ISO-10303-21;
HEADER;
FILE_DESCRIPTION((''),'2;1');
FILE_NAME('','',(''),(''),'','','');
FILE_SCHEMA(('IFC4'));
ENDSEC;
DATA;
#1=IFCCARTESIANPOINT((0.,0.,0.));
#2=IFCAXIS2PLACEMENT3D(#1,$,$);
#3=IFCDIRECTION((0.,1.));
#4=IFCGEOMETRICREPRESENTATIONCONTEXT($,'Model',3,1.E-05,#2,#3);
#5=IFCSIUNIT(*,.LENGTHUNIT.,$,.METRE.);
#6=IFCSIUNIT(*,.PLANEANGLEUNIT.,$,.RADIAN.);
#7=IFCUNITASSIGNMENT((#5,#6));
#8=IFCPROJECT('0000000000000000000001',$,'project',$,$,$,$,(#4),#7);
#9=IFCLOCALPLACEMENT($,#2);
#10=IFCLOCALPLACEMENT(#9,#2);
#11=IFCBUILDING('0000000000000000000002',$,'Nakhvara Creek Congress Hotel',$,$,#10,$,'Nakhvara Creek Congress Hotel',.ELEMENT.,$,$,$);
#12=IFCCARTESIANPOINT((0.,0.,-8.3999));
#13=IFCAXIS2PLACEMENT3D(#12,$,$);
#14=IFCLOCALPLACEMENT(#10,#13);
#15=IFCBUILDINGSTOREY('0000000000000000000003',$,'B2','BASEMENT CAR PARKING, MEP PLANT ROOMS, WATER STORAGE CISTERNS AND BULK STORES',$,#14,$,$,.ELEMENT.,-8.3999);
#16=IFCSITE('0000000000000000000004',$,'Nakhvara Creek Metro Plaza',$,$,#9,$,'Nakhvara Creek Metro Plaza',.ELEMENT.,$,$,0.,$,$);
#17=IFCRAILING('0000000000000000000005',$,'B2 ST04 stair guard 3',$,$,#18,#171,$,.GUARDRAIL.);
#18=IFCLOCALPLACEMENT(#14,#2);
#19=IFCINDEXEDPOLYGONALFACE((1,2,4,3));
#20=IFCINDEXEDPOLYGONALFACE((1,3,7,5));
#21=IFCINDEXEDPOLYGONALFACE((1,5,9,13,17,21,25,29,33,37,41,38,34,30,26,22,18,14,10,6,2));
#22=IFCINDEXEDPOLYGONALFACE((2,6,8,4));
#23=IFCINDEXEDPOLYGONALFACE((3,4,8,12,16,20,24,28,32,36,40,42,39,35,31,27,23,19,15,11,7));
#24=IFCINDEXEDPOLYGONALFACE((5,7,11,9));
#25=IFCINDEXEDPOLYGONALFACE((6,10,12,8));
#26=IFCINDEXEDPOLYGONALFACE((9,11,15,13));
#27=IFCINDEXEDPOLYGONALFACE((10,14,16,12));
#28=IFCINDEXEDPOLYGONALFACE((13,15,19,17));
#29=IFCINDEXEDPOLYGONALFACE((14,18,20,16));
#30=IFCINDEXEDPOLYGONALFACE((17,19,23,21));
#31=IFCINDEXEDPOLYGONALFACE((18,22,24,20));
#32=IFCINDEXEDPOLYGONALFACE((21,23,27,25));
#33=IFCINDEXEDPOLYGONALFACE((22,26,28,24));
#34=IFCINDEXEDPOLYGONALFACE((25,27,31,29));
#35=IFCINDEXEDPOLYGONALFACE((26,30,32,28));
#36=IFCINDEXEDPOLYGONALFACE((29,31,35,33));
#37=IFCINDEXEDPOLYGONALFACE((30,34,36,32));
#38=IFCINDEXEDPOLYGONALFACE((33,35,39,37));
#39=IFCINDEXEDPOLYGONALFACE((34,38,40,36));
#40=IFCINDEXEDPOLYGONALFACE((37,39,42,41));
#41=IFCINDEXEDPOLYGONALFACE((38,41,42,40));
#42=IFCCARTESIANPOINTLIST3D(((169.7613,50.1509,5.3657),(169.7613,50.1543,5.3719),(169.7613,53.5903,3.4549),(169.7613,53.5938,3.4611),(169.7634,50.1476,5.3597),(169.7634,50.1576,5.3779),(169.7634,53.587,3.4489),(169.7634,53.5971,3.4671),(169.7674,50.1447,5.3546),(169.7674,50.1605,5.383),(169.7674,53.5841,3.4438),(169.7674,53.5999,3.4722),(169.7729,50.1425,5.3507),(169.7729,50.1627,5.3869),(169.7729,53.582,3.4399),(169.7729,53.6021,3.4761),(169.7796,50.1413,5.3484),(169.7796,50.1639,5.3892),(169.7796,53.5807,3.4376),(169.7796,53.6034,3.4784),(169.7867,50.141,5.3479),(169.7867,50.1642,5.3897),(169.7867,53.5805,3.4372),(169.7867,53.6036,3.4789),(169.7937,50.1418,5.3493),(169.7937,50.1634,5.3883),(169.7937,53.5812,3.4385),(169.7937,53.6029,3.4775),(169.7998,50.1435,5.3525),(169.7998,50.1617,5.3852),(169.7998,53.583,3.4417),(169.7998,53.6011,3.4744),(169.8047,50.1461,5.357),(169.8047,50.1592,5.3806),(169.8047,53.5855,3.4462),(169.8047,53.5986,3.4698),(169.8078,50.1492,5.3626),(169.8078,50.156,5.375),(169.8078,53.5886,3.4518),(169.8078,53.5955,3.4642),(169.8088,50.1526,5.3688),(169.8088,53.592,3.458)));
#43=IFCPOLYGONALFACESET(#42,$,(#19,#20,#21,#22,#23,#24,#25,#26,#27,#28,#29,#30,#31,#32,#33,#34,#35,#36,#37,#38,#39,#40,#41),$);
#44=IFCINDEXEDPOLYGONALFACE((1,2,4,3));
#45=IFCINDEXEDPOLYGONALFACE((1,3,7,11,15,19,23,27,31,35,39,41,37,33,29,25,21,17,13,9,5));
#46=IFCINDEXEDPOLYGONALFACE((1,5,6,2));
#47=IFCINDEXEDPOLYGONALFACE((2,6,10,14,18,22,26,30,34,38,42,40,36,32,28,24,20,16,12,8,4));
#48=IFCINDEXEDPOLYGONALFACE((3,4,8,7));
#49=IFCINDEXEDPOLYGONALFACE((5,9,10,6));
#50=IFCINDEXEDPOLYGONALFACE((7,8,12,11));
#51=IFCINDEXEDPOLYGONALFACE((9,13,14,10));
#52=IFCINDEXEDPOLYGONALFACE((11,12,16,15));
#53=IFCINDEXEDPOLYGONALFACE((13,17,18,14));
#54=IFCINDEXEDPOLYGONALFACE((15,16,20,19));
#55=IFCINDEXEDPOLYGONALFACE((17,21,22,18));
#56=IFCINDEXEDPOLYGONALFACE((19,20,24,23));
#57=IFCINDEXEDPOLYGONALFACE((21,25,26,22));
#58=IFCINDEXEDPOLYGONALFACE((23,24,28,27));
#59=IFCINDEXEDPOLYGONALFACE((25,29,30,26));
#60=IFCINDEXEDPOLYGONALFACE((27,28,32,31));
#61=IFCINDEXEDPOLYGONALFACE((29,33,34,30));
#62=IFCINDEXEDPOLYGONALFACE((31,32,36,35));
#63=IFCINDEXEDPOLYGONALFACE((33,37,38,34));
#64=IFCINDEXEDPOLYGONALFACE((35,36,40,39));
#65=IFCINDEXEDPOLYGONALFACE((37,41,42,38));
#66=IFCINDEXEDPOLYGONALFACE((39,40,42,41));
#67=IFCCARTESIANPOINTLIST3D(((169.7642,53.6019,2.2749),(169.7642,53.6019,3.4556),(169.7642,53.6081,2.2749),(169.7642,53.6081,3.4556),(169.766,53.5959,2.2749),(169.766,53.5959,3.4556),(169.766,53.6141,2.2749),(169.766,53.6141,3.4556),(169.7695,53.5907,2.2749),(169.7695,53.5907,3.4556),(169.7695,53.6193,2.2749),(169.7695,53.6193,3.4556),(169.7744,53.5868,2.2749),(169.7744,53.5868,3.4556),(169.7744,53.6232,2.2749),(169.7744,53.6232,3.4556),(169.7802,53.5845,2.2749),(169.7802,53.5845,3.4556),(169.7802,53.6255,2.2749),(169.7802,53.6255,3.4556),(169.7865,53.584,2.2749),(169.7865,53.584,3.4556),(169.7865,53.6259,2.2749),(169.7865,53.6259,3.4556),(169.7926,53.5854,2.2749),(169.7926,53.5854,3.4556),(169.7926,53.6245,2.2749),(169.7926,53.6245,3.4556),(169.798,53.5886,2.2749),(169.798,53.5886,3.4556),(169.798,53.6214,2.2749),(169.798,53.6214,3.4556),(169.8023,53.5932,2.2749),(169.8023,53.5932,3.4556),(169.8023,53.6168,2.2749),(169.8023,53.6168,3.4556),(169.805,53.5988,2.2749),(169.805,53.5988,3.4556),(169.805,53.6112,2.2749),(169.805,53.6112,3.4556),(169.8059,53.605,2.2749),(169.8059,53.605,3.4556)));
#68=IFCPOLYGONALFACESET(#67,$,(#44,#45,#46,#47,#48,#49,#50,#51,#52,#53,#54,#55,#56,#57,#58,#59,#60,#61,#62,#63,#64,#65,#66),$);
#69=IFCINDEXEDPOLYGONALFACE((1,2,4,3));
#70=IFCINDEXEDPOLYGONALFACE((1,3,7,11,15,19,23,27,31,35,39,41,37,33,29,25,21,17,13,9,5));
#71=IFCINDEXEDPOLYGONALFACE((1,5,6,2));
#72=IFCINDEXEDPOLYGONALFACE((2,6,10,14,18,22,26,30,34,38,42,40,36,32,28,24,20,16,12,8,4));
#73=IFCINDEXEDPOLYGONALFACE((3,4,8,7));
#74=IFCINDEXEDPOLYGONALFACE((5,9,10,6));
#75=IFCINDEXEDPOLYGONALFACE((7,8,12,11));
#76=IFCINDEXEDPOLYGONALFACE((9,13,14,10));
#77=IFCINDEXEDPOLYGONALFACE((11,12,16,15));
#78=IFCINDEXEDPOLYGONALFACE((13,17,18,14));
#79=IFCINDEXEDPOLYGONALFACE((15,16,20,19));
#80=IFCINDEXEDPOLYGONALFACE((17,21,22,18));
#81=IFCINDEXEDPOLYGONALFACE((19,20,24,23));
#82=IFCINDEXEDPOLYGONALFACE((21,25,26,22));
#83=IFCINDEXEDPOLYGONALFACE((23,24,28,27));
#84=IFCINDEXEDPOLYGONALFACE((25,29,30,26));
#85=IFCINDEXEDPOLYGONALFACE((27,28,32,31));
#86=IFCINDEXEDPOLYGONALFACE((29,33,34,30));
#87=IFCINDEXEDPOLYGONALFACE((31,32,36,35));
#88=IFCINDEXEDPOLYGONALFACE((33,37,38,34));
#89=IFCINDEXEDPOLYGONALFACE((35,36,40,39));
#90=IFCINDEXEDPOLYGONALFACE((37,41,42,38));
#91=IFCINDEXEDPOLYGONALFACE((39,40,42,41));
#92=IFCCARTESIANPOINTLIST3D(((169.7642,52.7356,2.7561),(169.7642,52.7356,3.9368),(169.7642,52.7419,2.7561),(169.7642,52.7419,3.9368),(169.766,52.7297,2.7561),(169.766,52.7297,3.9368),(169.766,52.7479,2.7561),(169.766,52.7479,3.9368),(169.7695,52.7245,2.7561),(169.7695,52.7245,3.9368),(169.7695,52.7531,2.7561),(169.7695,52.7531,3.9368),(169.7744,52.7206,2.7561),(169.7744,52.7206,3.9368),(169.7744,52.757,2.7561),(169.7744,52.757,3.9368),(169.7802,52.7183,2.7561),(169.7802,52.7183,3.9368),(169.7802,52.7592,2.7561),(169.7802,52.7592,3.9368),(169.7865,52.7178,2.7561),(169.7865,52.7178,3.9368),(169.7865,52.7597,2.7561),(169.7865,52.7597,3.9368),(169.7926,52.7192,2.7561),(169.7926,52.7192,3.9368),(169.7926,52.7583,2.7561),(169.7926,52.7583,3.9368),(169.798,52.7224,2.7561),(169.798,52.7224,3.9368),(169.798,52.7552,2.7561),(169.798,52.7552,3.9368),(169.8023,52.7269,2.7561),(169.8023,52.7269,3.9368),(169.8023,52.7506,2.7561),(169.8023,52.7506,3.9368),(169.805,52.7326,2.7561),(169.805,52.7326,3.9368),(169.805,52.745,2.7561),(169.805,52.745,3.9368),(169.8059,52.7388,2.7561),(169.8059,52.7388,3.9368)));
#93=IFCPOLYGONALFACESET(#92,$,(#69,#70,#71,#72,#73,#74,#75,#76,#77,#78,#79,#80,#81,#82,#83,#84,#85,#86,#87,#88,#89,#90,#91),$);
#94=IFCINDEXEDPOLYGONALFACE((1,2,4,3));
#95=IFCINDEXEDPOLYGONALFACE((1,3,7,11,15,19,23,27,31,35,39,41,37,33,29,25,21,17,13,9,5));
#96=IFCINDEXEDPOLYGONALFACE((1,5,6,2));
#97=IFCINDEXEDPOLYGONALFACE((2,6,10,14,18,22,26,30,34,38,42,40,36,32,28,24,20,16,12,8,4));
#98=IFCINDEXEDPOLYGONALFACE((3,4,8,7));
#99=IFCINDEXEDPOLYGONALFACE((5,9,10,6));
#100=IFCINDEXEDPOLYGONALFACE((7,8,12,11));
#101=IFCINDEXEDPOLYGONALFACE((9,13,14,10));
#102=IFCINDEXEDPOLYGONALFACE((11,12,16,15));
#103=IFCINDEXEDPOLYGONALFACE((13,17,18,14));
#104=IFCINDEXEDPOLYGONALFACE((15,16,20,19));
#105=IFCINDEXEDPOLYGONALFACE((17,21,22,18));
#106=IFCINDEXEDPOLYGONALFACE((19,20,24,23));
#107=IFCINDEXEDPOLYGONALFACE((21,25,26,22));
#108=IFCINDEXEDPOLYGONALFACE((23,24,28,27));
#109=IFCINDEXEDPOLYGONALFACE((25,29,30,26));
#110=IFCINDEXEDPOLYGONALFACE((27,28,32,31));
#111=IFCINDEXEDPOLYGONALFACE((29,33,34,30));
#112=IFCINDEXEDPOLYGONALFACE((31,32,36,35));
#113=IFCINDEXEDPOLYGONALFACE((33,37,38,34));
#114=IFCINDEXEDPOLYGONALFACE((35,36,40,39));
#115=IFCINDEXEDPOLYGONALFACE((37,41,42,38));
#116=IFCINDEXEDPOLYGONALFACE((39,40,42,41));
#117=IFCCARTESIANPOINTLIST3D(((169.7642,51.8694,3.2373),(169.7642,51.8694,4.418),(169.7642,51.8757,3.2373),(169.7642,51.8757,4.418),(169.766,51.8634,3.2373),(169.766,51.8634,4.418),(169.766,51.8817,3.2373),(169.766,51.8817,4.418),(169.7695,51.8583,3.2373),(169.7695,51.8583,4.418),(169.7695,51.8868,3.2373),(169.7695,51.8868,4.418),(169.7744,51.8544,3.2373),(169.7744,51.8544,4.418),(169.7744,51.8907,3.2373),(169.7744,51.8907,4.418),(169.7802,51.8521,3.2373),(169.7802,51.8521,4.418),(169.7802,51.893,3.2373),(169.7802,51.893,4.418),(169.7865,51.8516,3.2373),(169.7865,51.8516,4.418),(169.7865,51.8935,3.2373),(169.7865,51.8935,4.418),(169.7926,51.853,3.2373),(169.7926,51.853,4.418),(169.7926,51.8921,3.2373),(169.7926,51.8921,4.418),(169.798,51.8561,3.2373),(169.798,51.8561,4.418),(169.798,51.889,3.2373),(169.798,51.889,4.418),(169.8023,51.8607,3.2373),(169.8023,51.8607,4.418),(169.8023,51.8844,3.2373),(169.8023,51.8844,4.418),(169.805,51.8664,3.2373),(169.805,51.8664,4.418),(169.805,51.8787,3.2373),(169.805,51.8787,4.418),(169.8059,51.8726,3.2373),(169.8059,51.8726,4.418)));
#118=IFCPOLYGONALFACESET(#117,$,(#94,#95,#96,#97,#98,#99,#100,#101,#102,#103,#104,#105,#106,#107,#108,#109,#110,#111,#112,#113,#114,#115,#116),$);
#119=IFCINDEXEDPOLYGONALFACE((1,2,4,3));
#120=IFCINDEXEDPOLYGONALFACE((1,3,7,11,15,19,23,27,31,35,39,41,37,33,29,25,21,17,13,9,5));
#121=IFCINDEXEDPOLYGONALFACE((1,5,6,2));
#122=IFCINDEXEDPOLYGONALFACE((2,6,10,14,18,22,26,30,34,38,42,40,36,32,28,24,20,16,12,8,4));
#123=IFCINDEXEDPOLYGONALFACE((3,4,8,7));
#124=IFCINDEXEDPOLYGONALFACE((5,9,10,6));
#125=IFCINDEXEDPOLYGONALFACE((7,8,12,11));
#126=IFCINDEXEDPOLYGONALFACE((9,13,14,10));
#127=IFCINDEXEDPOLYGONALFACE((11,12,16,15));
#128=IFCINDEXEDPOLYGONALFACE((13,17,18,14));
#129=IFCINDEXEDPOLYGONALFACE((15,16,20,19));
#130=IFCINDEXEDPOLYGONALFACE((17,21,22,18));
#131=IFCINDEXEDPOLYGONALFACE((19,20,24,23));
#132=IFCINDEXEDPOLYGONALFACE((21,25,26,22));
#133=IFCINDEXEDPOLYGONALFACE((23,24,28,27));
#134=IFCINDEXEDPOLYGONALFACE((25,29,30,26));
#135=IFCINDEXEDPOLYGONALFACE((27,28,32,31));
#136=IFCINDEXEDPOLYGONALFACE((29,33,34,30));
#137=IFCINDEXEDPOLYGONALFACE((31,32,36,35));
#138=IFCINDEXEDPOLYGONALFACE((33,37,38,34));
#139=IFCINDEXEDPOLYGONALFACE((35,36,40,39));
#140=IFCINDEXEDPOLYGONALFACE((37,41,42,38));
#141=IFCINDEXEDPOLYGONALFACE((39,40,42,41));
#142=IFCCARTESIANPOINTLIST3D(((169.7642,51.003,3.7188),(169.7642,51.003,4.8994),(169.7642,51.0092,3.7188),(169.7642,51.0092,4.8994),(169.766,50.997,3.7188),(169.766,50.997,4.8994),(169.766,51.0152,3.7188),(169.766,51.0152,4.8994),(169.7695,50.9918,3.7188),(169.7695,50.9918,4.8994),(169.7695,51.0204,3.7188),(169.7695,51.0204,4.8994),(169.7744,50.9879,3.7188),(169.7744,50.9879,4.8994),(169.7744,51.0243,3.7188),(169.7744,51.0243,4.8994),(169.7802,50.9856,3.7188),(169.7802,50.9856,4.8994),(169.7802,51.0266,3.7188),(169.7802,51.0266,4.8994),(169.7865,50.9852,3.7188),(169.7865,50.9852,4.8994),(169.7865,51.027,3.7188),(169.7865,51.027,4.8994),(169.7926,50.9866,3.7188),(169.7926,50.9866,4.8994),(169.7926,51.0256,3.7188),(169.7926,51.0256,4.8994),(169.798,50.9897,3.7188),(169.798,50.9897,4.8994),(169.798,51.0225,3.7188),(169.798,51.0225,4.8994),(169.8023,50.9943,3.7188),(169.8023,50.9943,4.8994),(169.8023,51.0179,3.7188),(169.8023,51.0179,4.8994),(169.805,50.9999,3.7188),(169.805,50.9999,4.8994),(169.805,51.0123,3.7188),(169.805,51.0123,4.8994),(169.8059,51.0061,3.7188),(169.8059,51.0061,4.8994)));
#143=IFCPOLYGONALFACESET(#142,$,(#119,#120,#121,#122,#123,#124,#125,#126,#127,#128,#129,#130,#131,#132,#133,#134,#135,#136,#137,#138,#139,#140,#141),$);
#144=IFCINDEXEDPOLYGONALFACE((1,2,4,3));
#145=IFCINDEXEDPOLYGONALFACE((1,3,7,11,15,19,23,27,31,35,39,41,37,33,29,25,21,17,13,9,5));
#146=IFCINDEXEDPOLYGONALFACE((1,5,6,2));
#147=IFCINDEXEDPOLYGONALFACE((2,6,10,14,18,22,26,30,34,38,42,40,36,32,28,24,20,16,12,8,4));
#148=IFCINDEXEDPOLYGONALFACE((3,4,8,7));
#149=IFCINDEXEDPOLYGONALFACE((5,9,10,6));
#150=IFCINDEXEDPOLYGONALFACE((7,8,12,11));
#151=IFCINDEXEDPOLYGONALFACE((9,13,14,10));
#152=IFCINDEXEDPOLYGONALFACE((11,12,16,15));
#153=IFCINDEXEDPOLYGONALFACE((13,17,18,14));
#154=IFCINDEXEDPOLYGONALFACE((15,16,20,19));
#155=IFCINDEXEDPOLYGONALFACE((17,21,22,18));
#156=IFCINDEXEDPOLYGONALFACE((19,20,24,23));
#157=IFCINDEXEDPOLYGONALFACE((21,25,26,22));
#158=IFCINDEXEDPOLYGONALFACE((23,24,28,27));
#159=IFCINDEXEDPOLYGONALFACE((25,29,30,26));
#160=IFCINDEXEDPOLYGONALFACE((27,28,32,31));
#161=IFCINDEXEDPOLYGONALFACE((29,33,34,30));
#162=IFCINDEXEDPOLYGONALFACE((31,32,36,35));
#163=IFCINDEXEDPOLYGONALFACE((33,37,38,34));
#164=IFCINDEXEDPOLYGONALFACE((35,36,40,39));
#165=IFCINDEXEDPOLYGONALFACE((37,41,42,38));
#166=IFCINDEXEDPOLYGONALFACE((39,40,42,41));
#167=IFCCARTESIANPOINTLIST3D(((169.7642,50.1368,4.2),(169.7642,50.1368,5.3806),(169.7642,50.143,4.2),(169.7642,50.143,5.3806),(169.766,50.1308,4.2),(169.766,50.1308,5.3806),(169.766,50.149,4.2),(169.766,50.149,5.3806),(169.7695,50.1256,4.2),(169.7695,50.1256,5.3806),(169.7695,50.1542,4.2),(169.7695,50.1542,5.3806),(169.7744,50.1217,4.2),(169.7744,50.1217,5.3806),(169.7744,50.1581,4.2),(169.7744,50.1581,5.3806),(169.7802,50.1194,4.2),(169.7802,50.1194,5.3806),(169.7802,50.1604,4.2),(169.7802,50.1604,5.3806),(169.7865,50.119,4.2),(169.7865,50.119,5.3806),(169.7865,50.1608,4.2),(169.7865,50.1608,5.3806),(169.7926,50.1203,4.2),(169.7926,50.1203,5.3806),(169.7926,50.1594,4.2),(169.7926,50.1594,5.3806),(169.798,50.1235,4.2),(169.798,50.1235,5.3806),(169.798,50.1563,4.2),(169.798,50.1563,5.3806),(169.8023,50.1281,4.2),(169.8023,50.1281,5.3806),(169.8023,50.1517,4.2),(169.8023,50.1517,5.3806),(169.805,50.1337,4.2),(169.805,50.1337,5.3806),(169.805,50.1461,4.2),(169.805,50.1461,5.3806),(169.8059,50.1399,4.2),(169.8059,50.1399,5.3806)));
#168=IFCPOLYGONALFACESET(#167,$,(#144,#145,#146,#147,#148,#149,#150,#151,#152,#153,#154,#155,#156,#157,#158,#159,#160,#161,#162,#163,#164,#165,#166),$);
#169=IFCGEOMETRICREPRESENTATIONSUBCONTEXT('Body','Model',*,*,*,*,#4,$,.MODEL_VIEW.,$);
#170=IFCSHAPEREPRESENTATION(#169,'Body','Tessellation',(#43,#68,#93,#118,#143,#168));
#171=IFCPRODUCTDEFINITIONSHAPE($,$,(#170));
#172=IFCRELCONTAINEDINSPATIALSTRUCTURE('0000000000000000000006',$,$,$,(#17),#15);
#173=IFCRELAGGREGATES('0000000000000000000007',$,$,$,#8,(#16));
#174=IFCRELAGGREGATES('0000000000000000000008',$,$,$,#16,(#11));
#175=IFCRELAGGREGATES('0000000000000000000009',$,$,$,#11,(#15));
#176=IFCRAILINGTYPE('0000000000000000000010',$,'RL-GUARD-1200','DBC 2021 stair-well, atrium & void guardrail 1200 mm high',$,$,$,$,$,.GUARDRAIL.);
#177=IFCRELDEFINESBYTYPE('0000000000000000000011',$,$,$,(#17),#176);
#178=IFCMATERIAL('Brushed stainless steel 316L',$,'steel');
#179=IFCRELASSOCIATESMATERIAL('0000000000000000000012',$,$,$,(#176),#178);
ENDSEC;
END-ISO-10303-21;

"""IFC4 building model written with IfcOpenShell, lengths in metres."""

from ifc_helpers import new_model, si_unit, direction, frame, origin, origin_2d, place, context, subcontext, project, spatial, circle, extrude, material, type_object, element, save


model = new_model("IFC4")

# Units and contexts
model_context = context("Model", 3, precision=1e-05, world=origin(), true_north=direction((0.0, 1.0)))
body_context = subcontext(model_context, "Body", "Model", "MODEL_VIEW")
ifc_project = project(units=[si_unit("LENGTHUNIT", "METRE"), si_unit("PLANEANGLEUNIT", "RADIAN")], contexts=[model_context])

# Site, building, storey
site_placement = place(None, origin())
site = spatial("IfcSite", under=ifc_project, at=site_placement, Name="Nakhvara Creek Metro Plaza", LongName="Nakhvara Creek Metro Plaza", CompositionType="ELEMENT", RefElevation=0.0)
building_placement = place(site_placement, origin())
building = spatial("IfcBuilding", under=site, at=building_placement, Name="Nakhvara Creek Congress Hotel", LongName="Nakhvara Creek Congress Hotel", CompositionType="ELEMENT")
storey_placement = place(building_placement, frame((0.0, 0.0, -8.3999)))
storey = spatial("IfcBuildingStorey", under=building, at=storey_placement, Name="B2", Description="BASEMENT CAR PARKING, MEP PLANT ROOMS, WATER STORAGE CISTERNS AND BULK STORES", CompositionType="ELEMENT", Elevation=-8.3999)

# Railing
ifc_material_1 = material(Name="Brushed stainless steel 316L", Category="steel")
railing_type_1 = type_object("IfcRailingType", Name="RL-GUARD-1200", Description="DBC 2021 stair-well, atrium & void guardrail 1200 mm high", PredefinedType="GUARDRAIL", material=ifc_material_1)
railing_1_placement = place(storey_placement, frame((169.7849, 53.605, 2.2749)))
element("IfcRailing", 1, at=railing_1_placement, inside=storey, type_object=railing_type_1, Name="B2 ST04 stair guard 3", PredefinedType="GUARDRAIL", context=body_context, shape_type="SweptSolid", body=[
    extrude(circle(Radius=0.0239, at=origin_2d()), frame((0.0, -0.0129, 1.1831), z_axis=(0.0, -0.874157, 0.485643), x_axis=(1.0, 0.0, 0.0)), (0.0, 0.0, 1.0), 3.9346),
    extrude(circle(Radius=0.021, at=origin_2d()), origin(), (0.0, 0.0, 1.0), 1.1807),
    extrude(circle(Radius=0.021, at=origin_2d()), frame((0.0, -0.8662, 0.4812)), (0.0, 0.0, 1.0), 1.1807),
    extrude(circle(Radius=0.021, at=origin_2d()), frame((0.0, -1.7324, 0.9624)), (0.0, 0.0, 1.0), 1.1807),
    extrude(circle(Radius=0.021, at=origin_2d()), frame((0.0, -2.5989, 1.4438)), (0.0, 0.0, 1.0), 1.1807),
    extrude(circle(Radius=0.021, at=origin_2d()), frame((0.0, -3.4651, 1.925)), (0.0, 0.0, 1.0), 1.1807),
])

save(model, "model.ifc")
